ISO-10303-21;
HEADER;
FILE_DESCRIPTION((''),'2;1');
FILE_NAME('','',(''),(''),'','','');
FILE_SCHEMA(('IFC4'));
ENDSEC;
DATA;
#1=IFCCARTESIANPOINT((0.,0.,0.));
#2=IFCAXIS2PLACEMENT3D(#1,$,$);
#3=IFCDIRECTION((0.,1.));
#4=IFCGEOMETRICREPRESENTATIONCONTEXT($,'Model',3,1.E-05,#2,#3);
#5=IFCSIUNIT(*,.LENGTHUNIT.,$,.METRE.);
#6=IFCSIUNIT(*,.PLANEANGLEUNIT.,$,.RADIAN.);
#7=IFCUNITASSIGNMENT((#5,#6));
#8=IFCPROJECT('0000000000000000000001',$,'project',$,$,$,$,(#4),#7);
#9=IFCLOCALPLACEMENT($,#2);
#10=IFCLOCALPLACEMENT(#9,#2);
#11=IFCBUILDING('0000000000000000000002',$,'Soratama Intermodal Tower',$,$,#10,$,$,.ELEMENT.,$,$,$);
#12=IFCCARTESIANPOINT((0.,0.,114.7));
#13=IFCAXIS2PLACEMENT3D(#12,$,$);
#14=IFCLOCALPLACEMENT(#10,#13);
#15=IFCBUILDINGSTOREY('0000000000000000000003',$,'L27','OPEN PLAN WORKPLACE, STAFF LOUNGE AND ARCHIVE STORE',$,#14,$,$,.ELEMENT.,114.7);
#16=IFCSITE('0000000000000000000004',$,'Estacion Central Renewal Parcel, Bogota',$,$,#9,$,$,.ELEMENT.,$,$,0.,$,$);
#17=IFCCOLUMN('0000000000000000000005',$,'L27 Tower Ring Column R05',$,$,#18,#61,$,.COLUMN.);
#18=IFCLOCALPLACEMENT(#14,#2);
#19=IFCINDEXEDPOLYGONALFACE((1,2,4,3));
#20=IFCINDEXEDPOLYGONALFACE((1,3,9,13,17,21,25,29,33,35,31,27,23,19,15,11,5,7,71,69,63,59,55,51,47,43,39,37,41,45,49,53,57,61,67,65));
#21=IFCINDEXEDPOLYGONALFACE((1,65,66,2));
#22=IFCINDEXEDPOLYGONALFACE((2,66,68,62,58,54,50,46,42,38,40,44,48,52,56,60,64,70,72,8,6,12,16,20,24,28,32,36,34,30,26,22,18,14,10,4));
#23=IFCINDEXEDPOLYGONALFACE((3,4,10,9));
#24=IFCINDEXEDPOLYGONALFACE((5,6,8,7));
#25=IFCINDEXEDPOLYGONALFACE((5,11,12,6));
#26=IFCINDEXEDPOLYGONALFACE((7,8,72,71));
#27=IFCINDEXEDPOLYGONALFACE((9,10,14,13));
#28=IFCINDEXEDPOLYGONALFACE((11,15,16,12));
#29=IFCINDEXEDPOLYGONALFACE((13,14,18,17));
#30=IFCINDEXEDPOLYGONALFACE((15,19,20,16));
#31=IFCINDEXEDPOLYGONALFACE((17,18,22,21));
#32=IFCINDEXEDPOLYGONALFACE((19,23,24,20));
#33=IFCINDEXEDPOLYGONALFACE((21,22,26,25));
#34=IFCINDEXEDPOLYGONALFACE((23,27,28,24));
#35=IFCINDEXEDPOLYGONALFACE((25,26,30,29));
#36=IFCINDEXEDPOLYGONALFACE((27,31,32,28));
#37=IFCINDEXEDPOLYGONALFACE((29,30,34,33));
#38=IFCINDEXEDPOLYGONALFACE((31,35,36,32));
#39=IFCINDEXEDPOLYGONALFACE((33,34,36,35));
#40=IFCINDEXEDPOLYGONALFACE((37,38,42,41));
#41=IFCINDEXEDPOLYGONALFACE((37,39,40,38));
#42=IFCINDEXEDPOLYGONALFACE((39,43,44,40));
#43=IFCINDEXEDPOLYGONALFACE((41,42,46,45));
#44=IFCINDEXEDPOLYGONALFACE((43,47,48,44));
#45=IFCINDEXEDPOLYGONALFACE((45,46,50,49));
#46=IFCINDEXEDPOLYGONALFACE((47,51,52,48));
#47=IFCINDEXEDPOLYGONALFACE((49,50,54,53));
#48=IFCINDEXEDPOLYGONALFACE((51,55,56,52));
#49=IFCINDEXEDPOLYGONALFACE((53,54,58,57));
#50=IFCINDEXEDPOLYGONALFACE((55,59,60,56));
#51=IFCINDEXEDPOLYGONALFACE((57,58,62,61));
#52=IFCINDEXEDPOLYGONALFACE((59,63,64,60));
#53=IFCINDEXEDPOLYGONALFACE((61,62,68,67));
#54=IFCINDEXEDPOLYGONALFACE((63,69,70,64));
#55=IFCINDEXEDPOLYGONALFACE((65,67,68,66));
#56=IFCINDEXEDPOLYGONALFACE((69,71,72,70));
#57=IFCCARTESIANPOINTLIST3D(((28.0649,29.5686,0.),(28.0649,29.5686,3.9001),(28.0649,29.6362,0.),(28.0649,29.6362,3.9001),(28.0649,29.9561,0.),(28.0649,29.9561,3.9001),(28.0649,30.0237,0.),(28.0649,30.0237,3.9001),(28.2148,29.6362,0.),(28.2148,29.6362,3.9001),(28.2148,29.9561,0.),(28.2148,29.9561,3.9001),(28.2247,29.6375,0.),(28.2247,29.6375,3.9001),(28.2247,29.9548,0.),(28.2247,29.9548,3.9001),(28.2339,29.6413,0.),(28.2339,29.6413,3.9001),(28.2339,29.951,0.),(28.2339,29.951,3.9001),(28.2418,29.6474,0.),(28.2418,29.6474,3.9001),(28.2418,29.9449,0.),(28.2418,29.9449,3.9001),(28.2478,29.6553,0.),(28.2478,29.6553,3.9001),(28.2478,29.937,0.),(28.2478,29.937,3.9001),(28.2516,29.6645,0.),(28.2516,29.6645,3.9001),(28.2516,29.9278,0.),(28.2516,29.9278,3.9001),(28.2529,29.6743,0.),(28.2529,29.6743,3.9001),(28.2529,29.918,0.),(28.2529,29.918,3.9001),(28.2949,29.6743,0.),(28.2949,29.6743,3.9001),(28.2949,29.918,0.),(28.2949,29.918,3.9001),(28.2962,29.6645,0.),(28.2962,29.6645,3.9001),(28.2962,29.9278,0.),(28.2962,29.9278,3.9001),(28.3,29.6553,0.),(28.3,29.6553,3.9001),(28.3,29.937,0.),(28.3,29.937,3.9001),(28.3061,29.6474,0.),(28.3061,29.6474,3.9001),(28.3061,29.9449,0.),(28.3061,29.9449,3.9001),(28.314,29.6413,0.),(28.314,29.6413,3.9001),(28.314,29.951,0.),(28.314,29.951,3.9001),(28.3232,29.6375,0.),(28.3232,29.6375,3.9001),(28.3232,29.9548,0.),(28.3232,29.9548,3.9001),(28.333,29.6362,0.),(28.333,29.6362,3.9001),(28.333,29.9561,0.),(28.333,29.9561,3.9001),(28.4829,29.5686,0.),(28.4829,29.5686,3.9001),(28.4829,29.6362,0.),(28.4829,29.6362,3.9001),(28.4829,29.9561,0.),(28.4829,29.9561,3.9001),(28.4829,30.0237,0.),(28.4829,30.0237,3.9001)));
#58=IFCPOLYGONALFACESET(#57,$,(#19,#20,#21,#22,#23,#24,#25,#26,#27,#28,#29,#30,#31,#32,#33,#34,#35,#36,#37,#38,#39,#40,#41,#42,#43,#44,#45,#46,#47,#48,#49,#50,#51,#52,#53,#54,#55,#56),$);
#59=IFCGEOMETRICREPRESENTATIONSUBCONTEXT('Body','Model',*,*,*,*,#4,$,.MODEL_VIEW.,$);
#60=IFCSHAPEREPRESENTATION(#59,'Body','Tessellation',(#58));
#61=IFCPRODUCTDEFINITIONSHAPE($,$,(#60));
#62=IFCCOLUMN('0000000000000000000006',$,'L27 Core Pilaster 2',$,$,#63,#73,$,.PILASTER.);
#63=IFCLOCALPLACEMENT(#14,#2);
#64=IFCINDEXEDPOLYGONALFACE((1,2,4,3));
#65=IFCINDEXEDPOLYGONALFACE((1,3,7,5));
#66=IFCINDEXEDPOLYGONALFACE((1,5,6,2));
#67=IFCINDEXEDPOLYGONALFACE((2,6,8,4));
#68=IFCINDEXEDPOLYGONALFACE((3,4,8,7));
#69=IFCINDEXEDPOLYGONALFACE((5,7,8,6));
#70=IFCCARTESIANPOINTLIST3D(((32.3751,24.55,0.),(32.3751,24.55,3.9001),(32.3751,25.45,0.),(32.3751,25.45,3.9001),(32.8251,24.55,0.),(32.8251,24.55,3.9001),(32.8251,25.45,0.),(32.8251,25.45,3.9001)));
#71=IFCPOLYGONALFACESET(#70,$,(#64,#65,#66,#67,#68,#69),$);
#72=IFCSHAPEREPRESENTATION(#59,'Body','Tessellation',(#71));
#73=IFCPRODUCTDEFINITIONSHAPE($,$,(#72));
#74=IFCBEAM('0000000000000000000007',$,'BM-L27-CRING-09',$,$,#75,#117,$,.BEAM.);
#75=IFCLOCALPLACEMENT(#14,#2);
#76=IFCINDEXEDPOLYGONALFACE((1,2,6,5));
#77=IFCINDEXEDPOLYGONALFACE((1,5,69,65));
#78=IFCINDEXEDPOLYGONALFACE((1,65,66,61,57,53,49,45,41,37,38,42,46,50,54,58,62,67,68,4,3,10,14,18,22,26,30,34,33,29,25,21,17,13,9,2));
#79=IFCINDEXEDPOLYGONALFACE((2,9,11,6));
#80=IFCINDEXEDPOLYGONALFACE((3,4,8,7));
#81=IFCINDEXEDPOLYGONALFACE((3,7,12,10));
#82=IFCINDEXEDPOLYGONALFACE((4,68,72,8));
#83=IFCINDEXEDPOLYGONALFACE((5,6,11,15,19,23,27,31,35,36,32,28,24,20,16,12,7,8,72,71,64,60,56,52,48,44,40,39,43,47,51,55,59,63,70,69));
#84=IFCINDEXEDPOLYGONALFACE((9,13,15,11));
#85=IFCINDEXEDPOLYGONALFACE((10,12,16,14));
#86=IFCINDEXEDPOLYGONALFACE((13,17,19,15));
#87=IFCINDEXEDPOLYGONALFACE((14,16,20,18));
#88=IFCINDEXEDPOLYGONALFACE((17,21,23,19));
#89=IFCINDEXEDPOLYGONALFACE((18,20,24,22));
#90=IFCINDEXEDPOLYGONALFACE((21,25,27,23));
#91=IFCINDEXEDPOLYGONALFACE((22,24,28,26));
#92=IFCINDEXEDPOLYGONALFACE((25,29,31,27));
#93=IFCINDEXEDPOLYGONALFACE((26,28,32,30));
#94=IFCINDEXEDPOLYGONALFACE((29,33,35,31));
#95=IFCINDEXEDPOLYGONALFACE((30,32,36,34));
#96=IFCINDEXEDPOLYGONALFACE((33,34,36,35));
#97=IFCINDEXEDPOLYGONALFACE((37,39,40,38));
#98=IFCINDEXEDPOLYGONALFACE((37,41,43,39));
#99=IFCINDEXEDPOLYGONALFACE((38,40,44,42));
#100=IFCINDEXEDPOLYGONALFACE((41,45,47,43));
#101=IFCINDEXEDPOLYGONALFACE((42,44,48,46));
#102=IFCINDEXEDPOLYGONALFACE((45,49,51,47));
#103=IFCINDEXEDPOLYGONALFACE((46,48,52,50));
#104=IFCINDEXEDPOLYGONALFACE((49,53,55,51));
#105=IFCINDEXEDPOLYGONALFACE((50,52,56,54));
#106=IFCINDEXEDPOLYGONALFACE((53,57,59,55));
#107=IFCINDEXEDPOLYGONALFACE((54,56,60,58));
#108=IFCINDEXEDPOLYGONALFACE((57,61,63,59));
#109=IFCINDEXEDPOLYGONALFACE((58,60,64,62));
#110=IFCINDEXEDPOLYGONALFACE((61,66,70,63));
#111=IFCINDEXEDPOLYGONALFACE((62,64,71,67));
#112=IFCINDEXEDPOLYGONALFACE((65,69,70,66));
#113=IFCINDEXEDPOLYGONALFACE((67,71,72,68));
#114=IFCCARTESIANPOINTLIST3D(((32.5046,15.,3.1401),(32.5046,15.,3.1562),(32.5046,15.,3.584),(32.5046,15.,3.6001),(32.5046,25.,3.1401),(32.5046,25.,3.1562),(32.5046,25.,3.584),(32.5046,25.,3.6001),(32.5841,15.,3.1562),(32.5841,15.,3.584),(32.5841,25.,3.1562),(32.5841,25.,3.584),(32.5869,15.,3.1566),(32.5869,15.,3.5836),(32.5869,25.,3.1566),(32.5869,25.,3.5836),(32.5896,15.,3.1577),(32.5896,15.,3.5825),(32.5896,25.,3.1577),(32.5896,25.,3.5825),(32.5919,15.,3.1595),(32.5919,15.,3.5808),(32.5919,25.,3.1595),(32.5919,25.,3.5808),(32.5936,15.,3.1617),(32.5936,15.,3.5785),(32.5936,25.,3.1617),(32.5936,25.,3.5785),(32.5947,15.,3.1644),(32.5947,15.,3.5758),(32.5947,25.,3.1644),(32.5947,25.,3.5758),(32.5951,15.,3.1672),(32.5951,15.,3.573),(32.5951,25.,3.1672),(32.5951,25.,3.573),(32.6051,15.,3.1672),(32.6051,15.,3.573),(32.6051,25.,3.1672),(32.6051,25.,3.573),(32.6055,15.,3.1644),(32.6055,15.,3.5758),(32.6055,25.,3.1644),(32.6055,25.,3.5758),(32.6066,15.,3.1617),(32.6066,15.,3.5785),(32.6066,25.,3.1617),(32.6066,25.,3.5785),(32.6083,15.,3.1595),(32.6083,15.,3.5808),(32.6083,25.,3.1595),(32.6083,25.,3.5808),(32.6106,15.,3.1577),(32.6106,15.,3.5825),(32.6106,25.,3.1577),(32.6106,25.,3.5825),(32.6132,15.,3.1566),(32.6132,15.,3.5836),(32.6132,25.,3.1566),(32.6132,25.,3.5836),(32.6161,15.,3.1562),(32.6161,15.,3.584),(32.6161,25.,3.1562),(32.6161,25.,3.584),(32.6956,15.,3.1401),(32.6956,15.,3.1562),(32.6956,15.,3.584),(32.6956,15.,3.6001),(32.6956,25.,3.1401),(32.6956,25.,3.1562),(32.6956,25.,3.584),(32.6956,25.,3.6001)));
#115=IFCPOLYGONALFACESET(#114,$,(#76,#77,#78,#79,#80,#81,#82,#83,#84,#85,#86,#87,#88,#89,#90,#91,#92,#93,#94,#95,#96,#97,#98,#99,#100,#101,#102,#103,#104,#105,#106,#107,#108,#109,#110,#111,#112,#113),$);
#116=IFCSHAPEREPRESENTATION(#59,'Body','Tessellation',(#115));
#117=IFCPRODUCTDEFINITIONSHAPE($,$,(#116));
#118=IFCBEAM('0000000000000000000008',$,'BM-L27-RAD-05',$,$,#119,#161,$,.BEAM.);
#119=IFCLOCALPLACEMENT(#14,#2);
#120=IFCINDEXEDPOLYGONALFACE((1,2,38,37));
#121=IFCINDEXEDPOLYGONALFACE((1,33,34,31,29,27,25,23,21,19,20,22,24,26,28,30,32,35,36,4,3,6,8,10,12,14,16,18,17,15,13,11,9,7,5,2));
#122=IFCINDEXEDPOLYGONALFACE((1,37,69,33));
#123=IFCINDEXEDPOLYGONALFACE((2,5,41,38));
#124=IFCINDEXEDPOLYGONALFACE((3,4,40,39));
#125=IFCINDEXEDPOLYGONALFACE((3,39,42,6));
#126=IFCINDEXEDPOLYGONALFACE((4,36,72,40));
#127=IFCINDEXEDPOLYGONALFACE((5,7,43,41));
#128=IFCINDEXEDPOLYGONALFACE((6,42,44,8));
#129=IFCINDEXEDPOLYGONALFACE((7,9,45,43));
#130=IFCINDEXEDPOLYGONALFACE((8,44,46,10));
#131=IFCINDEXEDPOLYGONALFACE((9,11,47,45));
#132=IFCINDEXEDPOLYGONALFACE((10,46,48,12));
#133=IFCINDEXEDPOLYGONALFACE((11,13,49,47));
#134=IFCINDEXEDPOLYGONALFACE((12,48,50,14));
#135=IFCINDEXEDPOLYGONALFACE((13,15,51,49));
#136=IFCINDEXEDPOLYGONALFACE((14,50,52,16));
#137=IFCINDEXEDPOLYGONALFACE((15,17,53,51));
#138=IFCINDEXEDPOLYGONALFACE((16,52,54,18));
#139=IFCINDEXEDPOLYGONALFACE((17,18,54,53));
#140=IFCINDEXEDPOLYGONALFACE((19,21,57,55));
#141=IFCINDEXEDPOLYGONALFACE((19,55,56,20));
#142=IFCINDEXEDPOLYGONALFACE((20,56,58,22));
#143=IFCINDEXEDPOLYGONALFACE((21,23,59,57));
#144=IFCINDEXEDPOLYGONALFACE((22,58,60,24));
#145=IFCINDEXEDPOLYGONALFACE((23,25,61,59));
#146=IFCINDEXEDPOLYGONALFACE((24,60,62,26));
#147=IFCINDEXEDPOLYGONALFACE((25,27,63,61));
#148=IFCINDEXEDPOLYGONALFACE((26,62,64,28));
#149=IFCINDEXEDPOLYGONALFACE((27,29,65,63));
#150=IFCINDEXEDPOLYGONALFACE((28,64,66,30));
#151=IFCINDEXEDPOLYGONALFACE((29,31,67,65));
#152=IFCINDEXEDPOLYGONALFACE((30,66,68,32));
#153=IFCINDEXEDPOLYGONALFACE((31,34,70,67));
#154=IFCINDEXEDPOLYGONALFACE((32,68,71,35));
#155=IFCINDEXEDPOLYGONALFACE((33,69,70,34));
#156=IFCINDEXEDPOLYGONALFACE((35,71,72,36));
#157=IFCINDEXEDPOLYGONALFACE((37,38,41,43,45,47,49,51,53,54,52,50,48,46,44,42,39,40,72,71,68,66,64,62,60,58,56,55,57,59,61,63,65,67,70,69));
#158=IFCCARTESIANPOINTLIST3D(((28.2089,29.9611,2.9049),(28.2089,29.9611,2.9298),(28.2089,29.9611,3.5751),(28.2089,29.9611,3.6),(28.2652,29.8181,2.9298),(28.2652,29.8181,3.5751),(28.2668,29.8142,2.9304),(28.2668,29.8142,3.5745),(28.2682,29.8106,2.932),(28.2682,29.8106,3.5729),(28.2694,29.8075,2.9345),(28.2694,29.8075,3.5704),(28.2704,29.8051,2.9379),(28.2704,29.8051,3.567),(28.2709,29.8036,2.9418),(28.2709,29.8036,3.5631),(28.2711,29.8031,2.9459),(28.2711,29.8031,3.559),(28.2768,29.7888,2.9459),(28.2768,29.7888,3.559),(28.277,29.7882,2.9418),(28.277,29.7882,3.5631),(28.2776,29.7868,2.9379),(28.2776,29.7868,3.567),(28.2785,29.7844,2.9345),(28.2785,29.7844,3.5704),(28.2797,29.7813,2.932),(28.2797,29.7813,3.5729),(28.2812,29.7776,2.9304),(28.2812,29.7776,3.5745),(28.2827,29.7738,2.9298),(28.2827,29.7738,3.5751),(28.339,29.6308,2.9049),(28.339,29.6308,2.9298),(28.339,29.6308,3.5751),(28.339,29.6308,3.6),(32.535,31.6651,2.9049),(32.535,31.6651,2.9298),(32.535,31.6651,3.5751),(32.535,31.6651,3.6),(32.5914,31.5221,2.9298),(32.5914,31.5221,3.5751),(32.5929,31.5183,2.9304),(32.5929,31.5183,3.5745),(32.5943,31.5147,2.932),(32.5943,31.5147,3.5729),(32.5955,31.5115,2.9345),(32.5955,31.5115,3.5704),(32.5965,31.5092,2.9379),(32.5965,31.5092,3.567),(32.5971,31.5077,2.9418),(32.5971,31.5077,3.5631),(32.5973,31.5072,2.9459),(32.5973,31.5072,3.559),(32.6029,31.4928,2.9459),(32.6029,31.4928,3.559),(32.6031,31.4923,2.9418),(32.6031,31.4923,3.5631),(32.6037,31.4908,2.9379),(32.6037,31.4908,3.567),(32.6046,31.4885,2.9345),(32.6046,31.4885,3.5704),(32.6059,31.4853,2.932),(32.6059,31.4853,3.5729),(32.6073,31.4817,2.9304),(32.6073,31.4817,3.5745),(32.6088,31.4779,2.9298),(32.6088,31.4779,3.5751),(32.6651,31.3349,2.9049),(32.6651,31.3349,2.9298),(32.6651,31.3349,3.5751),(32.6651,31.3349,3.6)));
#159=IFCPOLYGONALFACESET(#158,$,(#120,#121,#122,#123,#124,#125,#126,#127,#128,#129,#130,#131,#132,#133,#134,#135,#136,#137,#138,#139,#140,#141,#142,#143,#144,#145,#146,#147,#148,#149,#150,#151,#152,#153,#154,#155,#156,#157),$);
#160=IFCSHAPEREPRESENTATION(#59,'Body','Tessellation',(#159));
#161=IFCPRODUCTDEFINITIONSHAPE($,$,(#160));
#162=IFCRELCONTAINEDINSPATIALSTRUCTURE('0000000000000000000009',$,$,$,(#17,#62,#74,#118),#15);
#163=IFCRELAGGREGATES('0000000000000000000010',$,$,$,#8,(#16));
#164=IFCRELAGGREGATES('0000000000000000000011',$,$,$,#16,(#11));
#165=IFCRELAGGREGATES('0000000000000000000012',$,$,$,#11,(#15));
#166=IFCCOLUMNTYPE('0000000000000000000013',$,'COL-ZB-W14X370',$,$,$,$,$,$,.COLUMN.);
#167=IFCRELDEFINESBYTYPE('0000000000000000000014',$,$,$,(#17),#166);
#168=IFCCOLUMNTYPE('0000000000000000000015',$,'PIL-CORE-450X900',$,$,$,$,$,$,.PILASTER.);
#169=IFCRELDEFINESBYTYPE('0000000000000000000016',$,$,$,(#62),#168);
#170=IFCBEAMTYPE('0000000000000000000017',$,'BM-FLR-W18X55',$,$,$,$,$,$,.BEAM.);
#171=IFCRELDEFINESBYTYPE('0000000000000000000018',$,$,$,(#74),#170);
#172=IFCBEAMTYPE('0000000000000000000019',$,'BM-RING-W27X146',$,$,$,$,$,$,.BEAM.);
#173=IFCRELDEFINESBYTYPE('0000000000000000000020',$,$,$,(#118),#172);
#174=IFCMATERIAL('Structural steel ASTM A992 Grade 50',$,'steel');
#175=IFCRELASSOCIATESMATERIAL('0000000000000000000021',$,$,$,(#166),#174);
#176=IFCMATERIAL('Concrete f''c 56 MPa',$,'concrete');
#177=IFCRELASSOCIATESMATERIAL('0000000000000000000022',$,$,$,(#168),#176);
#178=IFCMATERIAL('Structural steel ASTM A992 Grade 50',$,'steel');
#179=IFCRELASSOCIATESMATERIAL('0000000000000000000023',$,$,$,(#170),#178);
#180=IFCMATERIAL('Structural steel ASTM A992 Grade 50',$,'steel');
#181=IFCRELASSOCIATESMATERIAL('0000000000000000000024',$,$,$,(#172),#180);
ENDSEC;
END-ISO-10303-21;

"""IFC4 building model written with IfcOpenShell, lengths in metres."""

from ifc_helpers import new_model, si_unit, direction, frame, origin, origin_2d, place, context, subcontext, project, spatial, rectangle, i_section, extrude, material, material_profile, profile_set, type_object, element, save


model = new_model("IFC4")

# Units and contexts
model_context = context("Model", 3, precision=1e-05, world=origin(), true_north=direction((0.0, 1.0)))
body_context = subcontext(model_context, "Body", "Model", "MODEL_VIEW")
ifc_project = project(units=[si_unit("LENGTHUNIT", "METRE"), si_unit("PLANEANGLEUNIT", "RADIAN")], contexts=[model_context])

# Site, building, storey
site_placement = place(None, origin())
site = spatial("IfcSite", under=ifc_project, at=site_placement, Name="Estacion Central Renewal Parcel, Bogota", CompositionType="ELEMENT", RefElevation=0.0)
building_placement = place(site_placement, origin())
building = spatial("IfcBuilding", under=site, at=building_placement, Name="Soratama Intermodal Tower", CompositionType="ELEMENT")
storey_placement = place(building_placement, frame((0.0, 0.0, 114.7)))
storey = spatial("IfcBuildingStorey", under=building, at=storey_placement, Name="L27", Description="OPEN PLAN WORKPLACE, STAFF LOUNGE AND ARCHIVE STORE", CompositionType="ELEMENT", Elevation=114.7)

# Columns
ifc_material_1 = material(Name="Structural steel ASTM A992 Grade 50", Category="steel")
ifc_material_profile_1 = material_profile(ifc_material_1, i_section(OverallWidth=0.418, OverallDepth=0.4551, WebThickness=0.042, FlangeThickness=0.0676, FilletRadius=0.0381, at=origin_2d()), Name="W14X370")
ifc_profile_set_1 = profile_set([ifc_material_profile_1], Name="Structural steel ASTM A992 Grade 50")
column_type_1 = type_object("IfcColumnType", Name="COL-ZB-W14X370", PredefinedType="COLUMN", material=ifc_profile_set_1)
column_1_placement = place(storey_placement, frame((28.2739, 29.7961, 0.0), z_axis=(0.0, 0.0, 1.0), x_axis=(1.0, 0.0, 0.0)))
element("IfcColumn", 1, at=column_1_placement, inside=storey, type_object=column_type_1, Name="L27 Tower Ring Column R05", PredefinedType="COLUMN", context=body_context, shape_type="SweptSolid", body=[
    extrude(i_section(OverallWidth=0.418, OverallDepth=0.4551, WebThickness=0.042, FlangeThickness=0.0676, FilletRadius=0.0381, at=origin_2d()), origin(), (0.0, 0.0, 1.0), 3.9001),
])
ifc_material_2 = material(Name="Concrete f'c 56 MPa", Category="concrete")
ifc_material_profile_2 = material_profile(ifc_material_2, rectangle(XDim=0.45, YDim=0.8999, at=origin_2d()), Name="RC450X900")
ifc_profile_set_2 = profile_set([ifc_material_profile_2], Name="Concrete f'c 56 MPa")
column_type_2 = type_object("IfcColumnType", Name="PIL-CORE-450X900", PredefinedType="PILASTER", material=ifc_profile_set_2)
column_2_placement = place(storey_placement, frame((32.6001, 25.0, 0.0), z_axis=(0.0, 0.0, 1.0), x_axis=(1.0, 0.0, 0.0)))
element("IfcColumn", 2, at=column_2_placement, inside=storey, type_object=column_type_2, Name="L27 Core Pilaster 2", PredefinedType="PILASTER", context=body_context, shape_type="SweptSolid", body=[
    extrude(rectangle(XDim=0.45, YDim=0.8999, at=origin_2d()), origin(), (0.0, 0.0, 1.0), 3.9001),
])

# Beams
ifc_material_3 = material(Name="Structural steel ASTM A992 Grade 50", Category="steel")
ifc_material_profile_3 = material_profile(ifc_material_3, i_section(OverallWidth=0.1909, OverallDepth=0.46, WebThickness=0.01, FlangeThickness=0.0161, FilletRadius=0.011, at=origin_2d()), Name="W18X55")
ifc_profile_set_3 = profile_set([ifc_material_profile_3], Name="Structural steel ASTM A992 Grade 50")
beam_type_1 = type_object("IfcBeamType", Name="BM-FLR-W18X55", PredefinedType="BEAM", material=ifc_profile_set_3)
beam_1_placement = place(storey_placement, frame((32.6001, 25.0, 3.3701), z_axis=(0.0, -1.0, 0.0), x_axis=(1.0, 0.0, 0.0)))
element("IfcBeam", 3, at=beam_1_placement, inside=storey, type_object=beam_type_1, Name="BM-L27-CRING-09", PredefinedType="BEAM", context=body_context, shape_type="SweptSolid", body=[
    extrude(i_section(OverallWidth=0.1909, OverallDepth=0.46, WebThickness=0.01, FlangeThickness=0.0161, FilletRadius=0.011, at=origin_2d()), origin(), (0.0, 0.0, 1.0), 10.0),
])
ifc_material_4 = material(Name="Structural steel ASTM A992 Grade 50", Category="steel")
ifc_material_profile_4 = material_profile(ifc_material_4, i_section(OverallWidth=0.355, OverallDepth=0.6951, WebThickness=0.0154, FlangeThickness=0.0249, FilletRadius=0.0161, at=origin_2d()), Name="W27X146")
ifc_profile_set_4 = profile_set([ifc_material_profile_4], Name="Structural steel ASTM A992 Grade 50")
beam_type_2 = type_object("IfcBeamType", Name="BM-RING-W27X146", PredefinedType="BEAM", material=ifc_profile_set_4)
beam_2_placement = place(storey_placement, frame((32.6001, 31.5, 3.2524), z_axis=(-0.930419, -0.366497, 0.0), x_axis=(0.366497, -0.930419, 0.0)))
element("IfcBeam", 4, at=beam_2_placement, inside=storey, type_object=beam_type_2, Name="BM-L27-RAD-05", PredefinedType="BEAM", context=body_context, shape_type="SweptSolid", body=[
    extrude(i_section(OverallWidth=0.355, OverallDepth=0.6951, WebThickness=0.0154, FlangeThickness=0.0249, FilletRadius=0.0161, at=origin_2d()), origin(), (0.0, 0.0, 1.0), 4.6497),
])

save(model, "model.ifc")
